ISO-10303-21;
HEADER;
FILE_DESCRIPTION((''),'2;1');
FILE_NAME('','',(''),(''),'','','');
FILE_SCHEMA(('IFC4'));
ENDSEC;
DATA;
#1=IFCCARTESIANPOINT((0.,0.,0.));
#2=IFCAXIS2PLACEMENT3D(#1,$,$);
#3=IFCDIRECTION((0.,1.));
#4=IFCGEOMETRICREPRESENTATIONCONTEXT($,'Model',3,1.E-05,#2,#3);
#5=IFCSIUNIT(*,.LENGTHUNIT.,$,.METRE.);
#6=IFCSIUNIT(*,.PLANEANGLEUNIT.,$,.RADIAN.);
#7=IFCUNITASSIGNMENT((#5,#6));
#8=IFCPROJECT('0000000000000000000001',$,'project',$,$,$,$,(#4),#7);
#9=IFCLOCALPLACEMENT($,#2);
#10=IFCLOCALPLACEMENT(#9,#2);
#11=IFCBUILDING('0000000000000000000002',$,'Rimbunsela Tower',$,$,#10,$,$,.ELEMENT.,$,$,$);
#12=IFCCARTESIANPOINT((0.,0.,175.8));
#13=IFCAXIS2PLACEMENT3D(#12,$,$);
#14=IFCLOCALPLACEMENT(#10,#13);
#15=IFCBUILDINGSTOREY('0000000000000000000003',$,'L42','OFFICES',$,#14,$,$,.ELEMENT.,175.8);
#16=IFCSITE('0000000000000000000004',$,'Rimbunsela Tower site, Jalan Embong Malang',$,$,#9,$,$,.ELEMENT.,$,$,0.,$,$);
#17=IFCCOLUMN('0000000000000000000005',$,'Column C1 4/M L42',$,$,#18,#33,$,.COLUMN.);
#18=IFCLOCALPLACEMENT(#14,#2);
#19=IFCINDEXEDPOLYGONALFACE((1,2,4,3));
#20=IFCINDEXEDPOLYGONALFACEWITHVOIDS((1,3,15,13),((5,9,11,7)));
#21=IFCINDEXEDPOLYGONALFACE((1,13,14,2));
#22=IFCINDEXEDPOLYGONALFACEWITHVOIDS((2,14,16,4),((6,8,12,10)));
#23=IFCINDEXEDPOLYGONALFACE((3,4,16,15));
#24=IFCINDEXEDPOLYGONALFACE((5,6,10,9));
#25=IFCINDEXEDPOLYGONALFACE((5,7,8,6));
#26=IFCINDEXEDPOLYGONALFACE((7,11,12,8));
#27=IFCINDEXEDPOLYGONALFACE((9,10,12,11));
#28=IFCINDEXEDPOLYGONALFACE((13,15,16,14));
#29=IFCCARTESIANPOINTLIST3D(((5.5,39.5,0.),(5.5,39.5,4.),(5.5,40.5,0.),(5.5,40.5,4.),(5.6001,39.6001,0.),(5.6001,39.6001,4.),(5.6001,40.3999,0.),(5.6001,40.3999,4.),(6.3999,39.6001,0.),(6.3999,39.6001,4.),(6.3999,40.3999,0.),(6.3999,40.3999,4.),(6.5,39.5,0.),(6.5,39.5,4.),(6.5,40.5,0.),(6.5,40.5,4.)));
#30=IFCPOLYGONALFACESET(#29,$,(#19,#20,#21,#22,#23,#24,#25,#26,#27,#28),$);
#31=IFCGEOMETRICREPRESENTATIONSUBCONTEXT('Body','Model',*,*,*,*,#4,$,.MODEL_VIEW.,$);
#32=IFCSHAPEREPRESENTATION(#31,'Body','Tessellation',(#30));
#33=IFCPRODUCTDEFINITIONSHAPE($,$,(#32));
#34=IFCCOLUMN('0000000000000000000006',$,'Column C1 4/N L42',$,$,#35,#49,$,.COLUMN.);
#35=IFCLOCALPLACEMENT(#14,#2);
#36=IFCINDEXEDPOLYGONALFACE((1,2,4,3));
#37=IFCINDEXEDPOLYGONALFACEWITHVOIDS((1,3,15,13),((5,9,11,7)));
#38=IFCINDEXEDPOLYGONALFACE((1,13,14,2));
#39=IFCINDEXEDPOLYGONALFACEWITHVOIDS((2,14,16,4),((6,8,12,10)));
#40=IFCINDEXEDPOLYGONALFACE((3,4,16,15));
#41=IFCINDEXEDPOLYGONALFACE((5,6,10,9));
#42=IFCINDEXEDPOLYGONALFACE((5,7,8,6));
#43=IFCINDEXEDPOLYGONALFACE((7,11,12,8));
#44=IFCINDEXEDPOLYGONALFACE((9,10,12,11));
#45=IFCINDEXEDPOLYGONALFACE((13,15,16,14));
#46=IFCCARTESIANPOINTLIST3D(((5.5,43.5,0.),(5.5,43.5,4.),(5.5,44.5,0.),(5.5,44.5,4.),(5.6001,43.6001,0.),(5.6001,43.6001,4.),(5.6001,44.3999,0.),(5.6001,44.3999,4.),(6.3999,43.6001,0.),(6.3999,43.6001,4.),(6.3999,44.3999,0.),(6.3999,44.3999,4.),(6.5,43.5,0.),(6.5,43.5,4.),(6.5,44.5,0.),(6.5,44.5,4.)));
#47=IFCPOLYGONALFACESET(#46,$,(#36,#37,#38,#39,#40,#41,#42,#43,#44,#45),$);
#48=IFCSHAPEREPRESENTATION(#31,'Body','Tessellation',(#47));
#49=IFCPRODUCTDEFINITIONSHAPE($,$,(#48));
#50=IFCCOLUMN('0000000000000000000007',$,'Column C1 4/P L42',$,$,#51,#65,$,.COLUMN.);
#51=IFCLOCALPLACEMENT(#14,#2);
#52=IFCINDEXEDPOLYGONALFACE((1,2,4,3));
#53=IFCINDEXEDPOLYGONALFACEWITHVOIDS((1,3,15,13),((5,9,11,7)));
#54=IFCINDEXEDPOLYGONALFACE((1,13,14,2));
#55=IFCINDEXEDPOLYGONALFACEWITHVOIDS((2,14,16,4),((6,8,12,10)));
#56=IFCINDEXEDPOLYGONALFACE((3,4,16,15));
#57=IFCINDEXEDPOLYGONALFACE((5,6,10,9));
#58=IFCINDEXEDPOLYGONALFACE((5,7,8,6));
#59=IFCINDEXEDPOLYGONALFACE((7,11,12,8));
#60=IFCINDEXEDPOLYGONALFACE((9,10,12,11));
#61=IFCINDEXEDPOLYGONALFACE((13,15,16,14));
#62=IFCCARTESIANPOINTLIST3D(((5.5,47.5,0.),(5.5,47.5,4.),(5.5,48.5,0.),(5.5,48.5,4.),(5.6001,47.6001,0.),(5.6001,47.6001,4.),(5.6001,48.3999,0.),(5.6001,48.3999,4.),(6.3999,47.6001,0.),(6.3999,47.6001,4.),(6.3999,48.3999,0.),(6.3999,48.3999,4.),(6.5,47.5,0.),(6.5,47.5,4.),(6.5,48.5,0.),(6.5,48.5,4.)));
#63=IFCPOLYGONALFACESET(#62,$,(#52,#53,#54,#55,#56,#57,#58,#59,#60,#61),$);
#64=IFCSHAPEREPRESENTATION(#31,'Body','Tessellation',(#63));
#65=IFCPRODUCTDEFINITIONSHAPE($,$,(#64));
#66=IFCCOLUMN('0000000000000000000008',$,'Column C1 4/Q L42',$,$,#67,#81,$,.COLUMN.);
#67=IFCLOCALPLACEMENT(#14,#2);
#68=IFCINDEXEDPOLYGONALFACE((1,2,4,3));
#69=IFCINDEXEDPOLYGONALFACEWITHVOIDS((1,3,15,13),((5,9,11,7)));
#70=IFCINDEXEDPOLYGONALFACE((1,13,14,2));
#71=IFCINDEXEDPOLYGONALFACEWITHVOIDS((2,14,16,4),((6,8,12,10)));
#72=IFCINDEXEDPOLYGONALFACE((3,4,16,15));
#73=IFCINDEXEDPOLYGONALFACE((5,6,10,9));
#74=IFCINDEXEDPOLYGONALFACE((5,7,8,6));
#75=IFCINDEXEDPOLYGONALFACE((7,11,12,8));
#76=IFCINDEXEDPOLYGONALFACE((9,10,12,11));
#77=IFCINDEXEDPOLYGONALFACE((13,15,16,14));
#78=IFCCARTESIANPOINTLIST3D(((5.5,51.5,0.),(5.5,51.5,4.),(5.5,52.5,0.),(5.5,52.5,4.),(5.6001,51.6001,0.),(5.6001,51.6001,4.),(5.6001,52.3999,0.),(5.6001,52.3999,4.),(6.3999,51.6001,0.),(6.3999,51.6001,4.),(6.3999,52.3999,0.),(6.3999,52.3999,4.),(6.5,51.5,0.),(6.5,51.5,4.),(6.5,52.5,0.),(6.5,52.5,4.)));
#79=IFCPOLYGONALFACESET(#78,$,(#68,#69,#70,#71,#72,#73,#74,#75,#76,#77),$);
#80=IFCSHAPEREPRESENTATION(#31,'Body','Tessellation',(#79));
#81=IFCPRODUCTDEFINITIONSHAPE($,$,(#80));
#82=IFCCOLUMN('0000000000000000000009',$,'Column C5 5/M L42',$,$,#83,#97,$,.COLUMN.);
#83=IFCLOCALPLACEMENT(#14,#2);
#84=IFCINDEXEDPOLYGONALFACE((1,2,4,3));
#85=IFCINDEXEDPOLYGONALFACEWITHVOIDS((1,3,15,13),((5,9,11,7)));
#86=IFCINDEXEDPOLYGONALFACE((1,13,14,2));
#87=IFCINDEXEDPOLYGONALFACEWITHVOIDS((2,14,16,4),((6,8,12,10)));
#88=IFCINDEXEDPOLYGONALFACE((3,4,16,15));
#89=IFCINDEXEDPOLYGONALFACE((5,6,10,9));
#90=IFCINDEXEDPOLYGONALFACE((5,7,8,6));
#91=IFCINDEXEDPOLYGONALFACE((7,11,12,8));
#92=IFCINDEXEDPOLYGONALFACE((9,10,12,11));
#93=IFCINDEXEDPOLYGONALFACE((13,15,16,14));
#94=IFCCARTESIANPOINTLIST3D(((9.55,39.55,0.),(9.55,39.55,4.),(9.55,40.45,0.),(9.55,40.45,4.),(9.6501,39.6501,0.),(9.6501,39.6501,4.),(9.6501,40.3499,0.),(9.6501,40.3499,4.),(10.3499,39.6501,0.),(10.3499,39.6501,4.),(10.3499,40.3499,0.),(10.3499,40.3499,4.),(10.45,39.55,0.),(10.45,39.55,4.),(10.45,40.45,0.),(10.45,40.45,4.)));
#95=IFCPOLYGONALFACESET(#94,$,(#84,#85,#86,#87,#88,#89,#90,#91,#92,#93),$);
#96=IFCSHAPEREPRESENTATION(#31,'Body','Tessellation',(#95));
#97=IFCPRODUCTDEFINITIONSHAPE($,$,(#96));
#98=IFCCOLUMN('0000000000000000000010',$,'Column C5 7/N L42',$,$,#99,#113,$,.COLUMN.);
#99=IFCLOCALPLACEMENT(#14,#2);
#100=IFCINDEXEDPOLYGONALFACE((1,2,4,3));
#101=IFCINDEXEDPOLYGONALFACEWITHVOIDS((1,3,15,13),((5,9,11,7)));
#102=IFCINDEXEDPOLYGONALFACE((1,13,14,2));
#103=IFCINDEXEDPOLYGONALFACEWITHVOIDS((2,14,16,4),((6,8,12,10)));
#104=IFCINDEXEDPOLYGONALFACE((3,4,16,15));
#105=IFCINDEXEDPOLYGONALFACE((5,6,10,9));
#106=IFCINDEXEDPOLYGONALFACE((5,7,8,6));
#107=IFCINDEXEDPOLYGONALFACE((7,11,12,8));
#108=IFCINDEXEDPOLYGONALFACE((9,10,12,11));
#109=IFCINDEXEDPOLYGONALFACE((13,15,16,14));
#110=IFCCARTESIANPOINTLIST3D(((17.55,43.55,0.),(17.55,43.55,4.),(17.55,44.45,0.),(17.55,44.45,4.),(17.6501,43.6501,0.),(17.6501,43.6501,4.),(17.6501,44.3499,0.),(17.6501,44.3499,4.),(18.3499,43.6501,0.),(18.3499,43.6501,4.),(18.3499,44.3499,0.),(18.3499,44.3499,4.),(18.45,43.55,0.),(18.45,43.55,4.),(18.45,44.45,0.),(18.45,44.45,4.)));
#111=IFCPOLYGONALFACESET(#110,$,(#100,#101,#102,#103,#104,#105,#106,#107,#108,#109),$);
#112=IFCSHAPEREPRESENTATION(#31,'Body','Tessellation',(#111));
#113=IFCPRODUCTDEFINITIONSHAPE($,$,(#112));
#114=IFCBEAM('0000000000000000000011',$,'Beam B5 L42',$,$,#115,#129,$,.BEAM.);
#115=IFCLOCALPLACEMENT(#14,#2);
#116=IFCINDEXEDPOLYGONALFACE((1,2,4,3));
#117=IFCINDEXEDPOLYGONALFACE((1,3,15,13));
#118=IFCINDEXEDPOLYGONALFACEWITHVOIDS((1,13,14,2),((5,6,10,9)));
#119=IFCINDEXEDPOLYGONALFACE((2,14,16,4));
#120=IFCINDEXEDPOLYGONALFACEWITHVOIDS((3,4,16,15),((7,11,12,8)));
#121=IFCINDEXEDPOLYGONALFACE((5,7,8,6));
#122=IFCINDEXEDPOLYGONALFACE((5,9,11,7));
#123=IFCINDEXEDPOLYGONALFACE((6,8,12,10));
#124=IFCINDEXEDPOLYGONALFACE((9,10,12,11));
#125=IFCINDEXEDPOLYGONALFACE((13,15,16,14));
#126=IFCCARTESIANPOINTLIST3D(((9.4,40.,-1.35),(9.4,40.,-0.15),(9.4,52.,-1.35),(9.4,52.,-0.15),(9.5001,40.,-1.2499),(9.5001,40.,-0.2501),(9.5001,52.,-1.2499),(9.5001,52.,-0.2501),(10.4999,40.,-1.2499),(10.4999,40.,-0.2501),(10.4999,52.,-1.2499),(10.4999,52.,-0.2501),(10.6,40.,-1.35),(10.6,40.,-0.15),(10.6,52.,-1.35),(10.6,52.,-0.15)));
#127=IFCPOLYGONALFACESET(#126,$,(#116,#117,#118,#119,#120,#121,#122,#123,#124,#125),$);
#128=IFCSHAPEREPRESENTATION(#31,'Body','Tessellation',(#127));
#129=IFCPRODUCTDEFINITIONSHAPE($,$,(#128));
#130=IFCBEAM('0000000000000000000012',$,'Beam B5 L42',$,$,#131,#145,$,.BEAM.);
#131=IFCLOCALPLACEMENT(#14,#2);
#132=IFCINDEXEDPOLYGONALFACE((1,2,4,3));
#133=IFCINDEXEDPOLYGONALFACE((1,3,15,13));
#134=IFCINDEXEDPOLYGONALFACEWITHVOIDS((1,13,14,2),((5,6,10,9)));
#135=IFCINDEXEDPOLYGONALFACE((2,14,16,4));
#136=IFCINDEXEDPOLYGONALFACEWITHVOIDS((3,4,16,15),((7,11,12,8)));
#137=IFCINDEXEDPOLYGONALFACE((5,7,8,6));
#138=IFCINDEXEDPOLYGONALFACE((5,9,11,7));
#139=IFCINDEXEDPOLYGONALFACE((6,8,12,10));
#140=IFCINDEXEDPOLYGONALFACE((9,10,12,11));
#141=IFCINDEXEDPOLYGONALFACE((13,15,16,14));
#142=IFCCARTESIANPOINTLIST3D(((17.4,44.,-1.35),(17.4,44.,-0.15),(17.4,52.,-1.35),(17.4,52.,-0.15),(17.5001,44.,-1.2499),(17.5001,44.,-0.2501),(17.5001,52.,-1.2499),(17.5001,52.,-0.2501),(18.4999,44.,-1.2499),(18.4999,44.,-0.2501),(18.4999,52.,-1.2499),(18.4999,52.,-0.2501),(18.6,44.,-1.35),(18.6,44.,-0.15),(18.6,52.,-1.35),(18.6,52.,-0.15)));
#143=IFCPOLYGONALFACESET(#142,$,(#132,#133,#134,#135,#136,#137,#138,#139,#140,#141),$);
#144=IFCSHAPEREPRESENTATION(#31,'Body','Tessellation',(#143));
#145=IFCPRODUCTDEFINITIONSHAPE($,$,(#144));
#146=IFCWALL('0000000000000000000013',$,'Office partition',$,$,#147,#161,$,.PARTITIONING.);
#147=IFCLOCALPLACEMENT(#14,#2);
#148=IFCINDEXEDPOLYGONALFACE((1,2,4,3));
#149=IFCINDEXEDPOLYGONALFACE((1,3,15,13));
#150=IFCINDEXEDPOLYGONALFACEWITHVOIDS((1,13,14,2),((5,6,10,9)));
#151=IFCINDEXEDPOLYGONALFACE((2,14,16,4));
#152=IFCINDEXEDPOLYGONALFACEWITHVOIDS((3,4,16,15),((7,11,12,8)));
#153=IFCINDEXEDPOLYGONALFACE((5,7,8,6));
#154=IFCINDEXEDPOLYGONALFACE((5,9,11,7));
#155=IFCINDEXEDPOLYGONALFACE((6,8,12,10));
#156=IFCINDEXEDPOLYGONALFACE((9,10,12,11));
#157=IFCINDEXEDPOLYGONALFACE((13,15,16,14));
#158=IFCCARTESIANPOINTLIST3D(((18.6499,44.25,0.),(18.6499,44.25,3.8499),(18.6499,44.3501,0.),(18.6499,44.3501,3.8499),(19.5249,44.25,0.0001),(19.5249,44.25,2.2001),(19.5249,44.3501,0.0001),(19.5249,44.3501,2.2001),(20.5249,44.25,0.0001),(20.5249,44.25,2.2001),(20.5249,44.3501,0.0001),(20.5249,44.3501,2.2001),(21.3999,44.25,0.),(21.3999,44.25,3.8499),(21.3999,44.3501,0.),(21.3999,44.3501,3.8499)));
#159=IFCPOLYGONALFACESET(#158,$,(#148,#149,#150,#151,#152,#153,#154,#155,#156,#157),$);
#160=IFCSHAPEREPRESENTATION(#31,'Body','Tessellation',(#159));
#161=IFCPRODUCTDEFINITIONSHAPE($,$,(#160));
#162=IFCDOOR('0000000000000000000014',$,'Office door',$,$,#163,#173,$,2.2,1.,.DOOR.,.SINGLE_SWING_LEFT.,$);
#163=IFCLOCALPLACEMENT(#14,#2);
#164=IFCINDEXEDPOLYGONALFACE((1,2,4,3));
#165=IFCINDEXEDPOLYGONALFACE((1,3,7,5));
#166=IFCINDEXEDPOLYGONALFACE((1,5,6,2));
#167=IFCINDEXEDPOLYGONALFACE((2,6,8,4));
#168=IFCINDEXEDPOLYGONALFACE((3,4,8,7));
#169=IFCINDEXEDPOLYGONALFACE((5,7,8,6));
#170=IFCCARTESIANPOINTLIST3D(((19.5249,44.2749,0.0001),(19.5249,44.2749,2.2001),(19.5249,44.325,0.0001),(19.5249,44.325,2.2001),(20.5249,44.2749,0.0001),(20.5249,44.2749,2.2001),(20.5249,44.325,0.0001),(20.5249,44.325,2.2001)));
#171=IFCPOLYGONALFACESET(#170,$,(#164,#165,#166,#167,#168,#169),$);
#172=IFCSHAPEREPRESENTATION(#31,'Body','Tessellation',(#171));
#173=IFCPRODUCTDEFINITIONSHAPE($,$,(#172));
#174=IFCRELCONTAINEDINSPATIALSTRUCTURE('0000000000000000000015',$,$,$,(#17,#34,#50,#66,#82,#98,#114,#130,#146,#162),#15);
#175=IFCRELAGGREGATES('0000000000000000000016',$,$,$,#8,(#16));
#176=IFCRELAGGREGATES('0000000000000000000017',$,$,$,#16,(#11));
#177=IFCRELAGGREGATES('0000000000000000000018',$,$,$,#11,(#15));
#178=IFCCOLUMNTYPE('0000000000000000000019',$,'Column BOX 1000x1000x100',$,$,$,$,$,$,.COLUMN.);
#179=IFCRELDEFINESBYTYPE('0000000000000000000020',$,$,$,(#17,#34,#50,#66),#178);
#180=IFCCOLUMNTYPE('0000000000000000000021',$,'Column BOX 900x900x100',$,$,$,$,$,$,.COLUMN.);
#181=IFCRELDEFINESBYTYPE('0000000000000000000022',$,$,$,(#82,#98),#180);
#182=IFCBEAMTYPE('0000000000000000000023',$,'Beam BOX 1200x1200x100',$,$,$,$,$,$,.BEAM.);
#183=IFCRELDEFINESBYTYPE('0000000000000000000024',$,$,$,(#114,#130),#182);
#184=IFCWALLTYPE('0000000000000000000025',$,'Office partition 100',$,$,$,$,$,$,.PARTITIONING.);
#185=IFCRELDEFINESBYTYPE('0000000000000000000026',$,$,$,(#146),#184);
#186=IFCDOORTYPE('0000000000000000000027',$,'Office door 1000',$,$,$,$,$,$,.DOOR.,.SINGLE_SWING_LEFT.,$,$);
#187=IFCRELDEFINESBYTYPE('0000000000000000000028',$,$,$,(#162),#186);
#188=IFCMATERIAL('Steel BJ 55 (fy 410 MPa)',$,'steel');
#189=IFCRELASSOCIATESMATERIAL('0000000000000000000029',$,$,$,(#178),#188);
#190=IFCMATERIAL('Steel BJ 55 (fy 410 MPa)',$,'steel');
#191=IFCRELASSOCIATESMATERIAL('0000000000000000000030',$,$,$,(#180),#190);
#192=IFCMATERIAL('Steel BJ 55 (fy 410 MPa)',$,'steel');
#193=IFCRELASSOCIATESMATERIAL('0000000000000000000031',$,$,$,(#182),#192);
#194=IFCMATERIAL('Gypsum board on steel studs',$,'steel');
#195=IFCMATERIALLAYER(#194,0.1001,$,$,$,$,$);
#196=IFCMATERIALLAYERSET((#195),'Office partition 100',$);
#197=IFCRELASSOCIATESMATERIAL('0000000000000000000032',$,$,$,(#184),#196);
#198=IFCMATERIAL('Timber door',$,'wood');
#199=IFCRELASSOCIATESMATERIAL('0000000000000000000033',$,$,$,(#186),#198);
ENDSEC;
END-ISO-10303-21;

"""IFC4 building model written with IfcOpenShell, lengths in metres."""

from ifc_helpers import new_model, si_unit, direction, frame, frame_2d, origin, origin_2d, place, context, subcontext, project, spatial, rectangle, hollow_rectangle, extrude, material, layer, layer_set, material_profile, profile_set, type_object, element, fill, save


model = new_model("IFC4")

# Units and contexts
model_context = context("Model", 3, precision=1e-05, world=origin(), true_north=direction((0.0, 1.0)))
body_context = subcontext(model_context, "Body", "Model", "MODEL_VIEW")
ifc_project = project(units=[si_unit("LENGTHUNIT", "METRE"), si_unit("PLANEANGLEUNIT", "RADIAN")], contexts=[model_context])

# Site, building, storey
site_placement = place(None, origin())
site = spatial("IfcSite", under=ifc_project, at=site_placement, Name="Rimbunsela Tower site, Jalan Embong Malang", CompositionType="ELEMENT", RefElevation=0.0)
building_placement = place(site_placement, origin())
building = spatial("IfcBuilding", under=site, at=building_placement, Name="Rimbunsela Tower", CompositionType="ELEMENT")
storey_placement = place(building_placement, frame((0.0, 0.0, 175.8)))
storey = spatial("IfcBuildingStorey", under=building, at=storey_placement, Name="L42", Description="OFFICES", CompositionType="ELEMENT", Elevation=175.8)

# Columns
ifc_material_1 = material(Name="Steel BJ 55 (fy 410 MPa)", Category="steel")
ifc_material_profile_1 = material_profile(ifc_material_1, hollow_rectangle(XDim=1.0, YDim=1.0, WallThickness=0.1001, at=origin_2d()), Name="BOX 1000x1000x100")
ifc_profile_set_1 = profile_set([ifc_material_profile_1], Name="Steel BJ 55 (fy 410 MPa)")
column_type_1 = type_object("IfcColumnType", Name="Column BOX 1000x1000x100", PredefinedType="COLUMN", material=ifc_profile_set_1)
for number, where, z_axis, x_axis, name in (
    (1, (6.0, 40.0, 0.0), (0.0, 0.0, 1.0), (1.0, 0.0, 0.0), "Column C1 4/M L42"),
    (2, (6.0, 44.0, 0.0), (0.0, 0.0, 1.0), (1.0, 0.0, 0.0), "Column C1 4/N L42"),
    (3, (6.0, 48.0, 0.0), (0.0, 0.0, 1.0), (1.0, 0.0, 0.0), "Column C1 4/P L42"),
    (4, (6.0, 52.0, 0.0), (0.0, 0.0, 1.0), (1.0, 0.0, 0.0), "Column C1 4/Q L42"),
):
    element("IfcColumn", number, at=place(storey_placement, frame(where, z_axis=z_axis, x_axis=x_axis)), inside=storey, type_object=column_type_1, Name=name, PredefinedType="COLUMN", context=body_context, shape_type="SweptSolid", body=[
        extrude(hollow_rectangle(XDim=1.0, YDim=1.0, WallThickness=0.1001, at=origin_2d()), origin(), (0.0, 0.0, 1.0), 4.0),
    ])
ifc_material_2 = material(Name="Steel BJ 55 (fy 410 MPa)", Category="steel")
ifc_material_profile_2 = material_profile(ifc_material_2, hollow_rectangle(XDim=0.8999, YDim=0.8999, WallThickness=0.1001, at=origin_2d()), Name="BOX 900x900x100")
ifc_profile_set_2 = profile_set([ifc_material_profile_2], Name="Steel BJ 55 (fy 410 MPa)")
column_type_2 = type_object("IfcColumnType", Name="Column BOX 900x900x100", PredefinedType="COLUMN", material=ifc_profile_set_2)
for number, where, z_axis, x_axis, name in (
    (5, (10.0, 40.0, 0.0), (0.0, 0.0, 1.0), (1.0, 0.0, 0.0), "Column C5 5/M L42"),
    (6, (18.0, 44.0, 0.0), (0.0, 0.0, 1.0), (1.0, 0.0, 0.0), "Column C5 7/N L42"),
):
    element("IfcColumn", number, at=place(storey_placement, frame(where, z_axis=z_axis, x_axis=x_axis)), inside=storey, type_object=column_type_2, Name=name, PredefinedType="COLUMN", context=body_context, shape_type="SweptSolid", body=[
        extrude(hollow_rectangle(XDim=0.8999, YDim=0.8999, WallThickness=0.1001, at=origin_2d()), origin(), (0.0, 0.0, 1.0), 4.0),
    ])

# Beams
ifc_material_3 = material(Name="Steel BJ 55 (fy 410 MPa)", Category="steel")
ifc_material_profile_3 = material_profile(ifc_material_3, hollow_rectangle(XDim=1.2, YDim=1.2, WallThickness=0.1001, at=origin_2d()), Name="BOX 1200x1200x100")
ifc_profile_set_3 = profile_set([ifc_material_profile_3], Name="Steel BJ 55 (fy 410 MPa)")
beam_type = type_object("IfcBeamType", Name="Beam BOX 1200x1200x100", PredefinedType="BEAM", material=ifc_profile_set_3)
beam_1_placement = place(storey_placement, frame((10.0, 40.0, -0.75), z_axis=(0.0, 1.0, 0.0), x_axis=(-1.0, 0.0, 0.0)))
element("IfcBeam", 7, at=beam_1_placement, inside=storey, type_object=beam_type, Name="Beam B5 L42", PredefinedType="BEAM", context=body_context, shape_type="SweptSolid", body=[
    extrude(hollow_rectangle(XDim=1.2, YDim=1.2, WallThickness=0.1001, at=origin_2d()), origin(), (0.0, 0.0, 1.0), 12.0),
])
beam_2_placement = place(storey_placement, frame((18.0, 44.0, -0.75), z_axis=(0.0, 1.0, 0.0), x_axis=(-1.0, 0.0, 0.0)))
element("IfcBeam", 8, at=beam_2_placement, inside=storey, type_object=beam_type, Name="Beam B5 L42", PredefinedType="BEAM", context=body_context, shape_type="SweptSolid", body=[
    extrude(hollow_rectangle(XDim=1.2, YDim=1.2, WallThickness=0.1001, at=origin_2d()), origin(), (0.0, 0.0, 1.0), 8.0),
])

# Wall, opening, door
ifc_material_4 = material(Name="Gypsum board on steel studs", Category="steel")
ifc_layer_1 = layer(ifc_material_4, 0.1001)
ifc_layer_set_1 = layer_set([ifc_layer_1], Name="Office partition 100")
wall_type_1 = type_object("IfcWallType", Name="Office partition 100", PredefinedType="PARTITIONING", material=ifc_layer_set_1)
wall_1_placement = place(storey_placement, frame((18.6499, 44.3, 0.0), z_axis=(0.0, 0.0, 1.0), x_axis=(1.0, 0.0, 0.0)))
wall_1 = element("IfcWall", 9, at=wall_1_placement, inside=storey, type_object=wall_type_1, Name="Office partition", PredefinedType="PARTITIONING", context=body_context, shape_type="SweptSolid", body=[
    extrude(rectangle(XDim=2.75, YDim=0.1001, at=frame_2d((1.375, 0.0))), origin(), (0.0, 0.0, 1.0), 3.8499),
])
opening_1_placement = place(wall_1_placement, frame((0.875, 0.0, 0.0)))
opening_1 = element("IfcOpeningElement", 10, at=opening_1_placement, cuts=wall_1, PredefinedType="OPENING", context=body_context, shape_type="SweptSolid", body=[
    extrude(rectangle(XDim=1.0, YDim=2.2, at=frame_2d((0.5, 1.1001))), frame((0.0, 0.0601, 0.0), z_axis=(0.0, -1.0, 0.0), x_axis=(1.0, 0.0, 0.0)), (0.0, 0.0, 1.0), 0.1201),
])
ifc_material_5 = material(Name="Timber door", Category="wood")
door_type = type_object("IfcDoorType", Name="Office door 1000", OperationType="SINGLE_SWING_LEFT", PredefinedType="DOOR", material=ifc_material_5)
door_1_placement = place(opening_1_placement, origin())
door_1 = element("IfcDoor", 11, at=door_1_placement, inside=storey, type_object=door_type, Name="Office door", OperationType="SINGLE_SWING_LEFT", OverallHeight=2.2, OverallWidth=1.0, PredefinedType="DOOR", context=body_context, shape_type="SweptSolid", body=[
    extrude(rectangle(XDim=1.0, YDim=2.2, at=frame_2d((0.5, 1.1001))), frame((0.0, 0.0249, 0.0), z_axis=(0.0, -1.0, 0.0), x_axis=(1.0, 0.0, 0.0)), (0.0, 0.0, 1.0), 0.05),
])
fill(opening_1, door_1)

save(model, "model.ifc")
